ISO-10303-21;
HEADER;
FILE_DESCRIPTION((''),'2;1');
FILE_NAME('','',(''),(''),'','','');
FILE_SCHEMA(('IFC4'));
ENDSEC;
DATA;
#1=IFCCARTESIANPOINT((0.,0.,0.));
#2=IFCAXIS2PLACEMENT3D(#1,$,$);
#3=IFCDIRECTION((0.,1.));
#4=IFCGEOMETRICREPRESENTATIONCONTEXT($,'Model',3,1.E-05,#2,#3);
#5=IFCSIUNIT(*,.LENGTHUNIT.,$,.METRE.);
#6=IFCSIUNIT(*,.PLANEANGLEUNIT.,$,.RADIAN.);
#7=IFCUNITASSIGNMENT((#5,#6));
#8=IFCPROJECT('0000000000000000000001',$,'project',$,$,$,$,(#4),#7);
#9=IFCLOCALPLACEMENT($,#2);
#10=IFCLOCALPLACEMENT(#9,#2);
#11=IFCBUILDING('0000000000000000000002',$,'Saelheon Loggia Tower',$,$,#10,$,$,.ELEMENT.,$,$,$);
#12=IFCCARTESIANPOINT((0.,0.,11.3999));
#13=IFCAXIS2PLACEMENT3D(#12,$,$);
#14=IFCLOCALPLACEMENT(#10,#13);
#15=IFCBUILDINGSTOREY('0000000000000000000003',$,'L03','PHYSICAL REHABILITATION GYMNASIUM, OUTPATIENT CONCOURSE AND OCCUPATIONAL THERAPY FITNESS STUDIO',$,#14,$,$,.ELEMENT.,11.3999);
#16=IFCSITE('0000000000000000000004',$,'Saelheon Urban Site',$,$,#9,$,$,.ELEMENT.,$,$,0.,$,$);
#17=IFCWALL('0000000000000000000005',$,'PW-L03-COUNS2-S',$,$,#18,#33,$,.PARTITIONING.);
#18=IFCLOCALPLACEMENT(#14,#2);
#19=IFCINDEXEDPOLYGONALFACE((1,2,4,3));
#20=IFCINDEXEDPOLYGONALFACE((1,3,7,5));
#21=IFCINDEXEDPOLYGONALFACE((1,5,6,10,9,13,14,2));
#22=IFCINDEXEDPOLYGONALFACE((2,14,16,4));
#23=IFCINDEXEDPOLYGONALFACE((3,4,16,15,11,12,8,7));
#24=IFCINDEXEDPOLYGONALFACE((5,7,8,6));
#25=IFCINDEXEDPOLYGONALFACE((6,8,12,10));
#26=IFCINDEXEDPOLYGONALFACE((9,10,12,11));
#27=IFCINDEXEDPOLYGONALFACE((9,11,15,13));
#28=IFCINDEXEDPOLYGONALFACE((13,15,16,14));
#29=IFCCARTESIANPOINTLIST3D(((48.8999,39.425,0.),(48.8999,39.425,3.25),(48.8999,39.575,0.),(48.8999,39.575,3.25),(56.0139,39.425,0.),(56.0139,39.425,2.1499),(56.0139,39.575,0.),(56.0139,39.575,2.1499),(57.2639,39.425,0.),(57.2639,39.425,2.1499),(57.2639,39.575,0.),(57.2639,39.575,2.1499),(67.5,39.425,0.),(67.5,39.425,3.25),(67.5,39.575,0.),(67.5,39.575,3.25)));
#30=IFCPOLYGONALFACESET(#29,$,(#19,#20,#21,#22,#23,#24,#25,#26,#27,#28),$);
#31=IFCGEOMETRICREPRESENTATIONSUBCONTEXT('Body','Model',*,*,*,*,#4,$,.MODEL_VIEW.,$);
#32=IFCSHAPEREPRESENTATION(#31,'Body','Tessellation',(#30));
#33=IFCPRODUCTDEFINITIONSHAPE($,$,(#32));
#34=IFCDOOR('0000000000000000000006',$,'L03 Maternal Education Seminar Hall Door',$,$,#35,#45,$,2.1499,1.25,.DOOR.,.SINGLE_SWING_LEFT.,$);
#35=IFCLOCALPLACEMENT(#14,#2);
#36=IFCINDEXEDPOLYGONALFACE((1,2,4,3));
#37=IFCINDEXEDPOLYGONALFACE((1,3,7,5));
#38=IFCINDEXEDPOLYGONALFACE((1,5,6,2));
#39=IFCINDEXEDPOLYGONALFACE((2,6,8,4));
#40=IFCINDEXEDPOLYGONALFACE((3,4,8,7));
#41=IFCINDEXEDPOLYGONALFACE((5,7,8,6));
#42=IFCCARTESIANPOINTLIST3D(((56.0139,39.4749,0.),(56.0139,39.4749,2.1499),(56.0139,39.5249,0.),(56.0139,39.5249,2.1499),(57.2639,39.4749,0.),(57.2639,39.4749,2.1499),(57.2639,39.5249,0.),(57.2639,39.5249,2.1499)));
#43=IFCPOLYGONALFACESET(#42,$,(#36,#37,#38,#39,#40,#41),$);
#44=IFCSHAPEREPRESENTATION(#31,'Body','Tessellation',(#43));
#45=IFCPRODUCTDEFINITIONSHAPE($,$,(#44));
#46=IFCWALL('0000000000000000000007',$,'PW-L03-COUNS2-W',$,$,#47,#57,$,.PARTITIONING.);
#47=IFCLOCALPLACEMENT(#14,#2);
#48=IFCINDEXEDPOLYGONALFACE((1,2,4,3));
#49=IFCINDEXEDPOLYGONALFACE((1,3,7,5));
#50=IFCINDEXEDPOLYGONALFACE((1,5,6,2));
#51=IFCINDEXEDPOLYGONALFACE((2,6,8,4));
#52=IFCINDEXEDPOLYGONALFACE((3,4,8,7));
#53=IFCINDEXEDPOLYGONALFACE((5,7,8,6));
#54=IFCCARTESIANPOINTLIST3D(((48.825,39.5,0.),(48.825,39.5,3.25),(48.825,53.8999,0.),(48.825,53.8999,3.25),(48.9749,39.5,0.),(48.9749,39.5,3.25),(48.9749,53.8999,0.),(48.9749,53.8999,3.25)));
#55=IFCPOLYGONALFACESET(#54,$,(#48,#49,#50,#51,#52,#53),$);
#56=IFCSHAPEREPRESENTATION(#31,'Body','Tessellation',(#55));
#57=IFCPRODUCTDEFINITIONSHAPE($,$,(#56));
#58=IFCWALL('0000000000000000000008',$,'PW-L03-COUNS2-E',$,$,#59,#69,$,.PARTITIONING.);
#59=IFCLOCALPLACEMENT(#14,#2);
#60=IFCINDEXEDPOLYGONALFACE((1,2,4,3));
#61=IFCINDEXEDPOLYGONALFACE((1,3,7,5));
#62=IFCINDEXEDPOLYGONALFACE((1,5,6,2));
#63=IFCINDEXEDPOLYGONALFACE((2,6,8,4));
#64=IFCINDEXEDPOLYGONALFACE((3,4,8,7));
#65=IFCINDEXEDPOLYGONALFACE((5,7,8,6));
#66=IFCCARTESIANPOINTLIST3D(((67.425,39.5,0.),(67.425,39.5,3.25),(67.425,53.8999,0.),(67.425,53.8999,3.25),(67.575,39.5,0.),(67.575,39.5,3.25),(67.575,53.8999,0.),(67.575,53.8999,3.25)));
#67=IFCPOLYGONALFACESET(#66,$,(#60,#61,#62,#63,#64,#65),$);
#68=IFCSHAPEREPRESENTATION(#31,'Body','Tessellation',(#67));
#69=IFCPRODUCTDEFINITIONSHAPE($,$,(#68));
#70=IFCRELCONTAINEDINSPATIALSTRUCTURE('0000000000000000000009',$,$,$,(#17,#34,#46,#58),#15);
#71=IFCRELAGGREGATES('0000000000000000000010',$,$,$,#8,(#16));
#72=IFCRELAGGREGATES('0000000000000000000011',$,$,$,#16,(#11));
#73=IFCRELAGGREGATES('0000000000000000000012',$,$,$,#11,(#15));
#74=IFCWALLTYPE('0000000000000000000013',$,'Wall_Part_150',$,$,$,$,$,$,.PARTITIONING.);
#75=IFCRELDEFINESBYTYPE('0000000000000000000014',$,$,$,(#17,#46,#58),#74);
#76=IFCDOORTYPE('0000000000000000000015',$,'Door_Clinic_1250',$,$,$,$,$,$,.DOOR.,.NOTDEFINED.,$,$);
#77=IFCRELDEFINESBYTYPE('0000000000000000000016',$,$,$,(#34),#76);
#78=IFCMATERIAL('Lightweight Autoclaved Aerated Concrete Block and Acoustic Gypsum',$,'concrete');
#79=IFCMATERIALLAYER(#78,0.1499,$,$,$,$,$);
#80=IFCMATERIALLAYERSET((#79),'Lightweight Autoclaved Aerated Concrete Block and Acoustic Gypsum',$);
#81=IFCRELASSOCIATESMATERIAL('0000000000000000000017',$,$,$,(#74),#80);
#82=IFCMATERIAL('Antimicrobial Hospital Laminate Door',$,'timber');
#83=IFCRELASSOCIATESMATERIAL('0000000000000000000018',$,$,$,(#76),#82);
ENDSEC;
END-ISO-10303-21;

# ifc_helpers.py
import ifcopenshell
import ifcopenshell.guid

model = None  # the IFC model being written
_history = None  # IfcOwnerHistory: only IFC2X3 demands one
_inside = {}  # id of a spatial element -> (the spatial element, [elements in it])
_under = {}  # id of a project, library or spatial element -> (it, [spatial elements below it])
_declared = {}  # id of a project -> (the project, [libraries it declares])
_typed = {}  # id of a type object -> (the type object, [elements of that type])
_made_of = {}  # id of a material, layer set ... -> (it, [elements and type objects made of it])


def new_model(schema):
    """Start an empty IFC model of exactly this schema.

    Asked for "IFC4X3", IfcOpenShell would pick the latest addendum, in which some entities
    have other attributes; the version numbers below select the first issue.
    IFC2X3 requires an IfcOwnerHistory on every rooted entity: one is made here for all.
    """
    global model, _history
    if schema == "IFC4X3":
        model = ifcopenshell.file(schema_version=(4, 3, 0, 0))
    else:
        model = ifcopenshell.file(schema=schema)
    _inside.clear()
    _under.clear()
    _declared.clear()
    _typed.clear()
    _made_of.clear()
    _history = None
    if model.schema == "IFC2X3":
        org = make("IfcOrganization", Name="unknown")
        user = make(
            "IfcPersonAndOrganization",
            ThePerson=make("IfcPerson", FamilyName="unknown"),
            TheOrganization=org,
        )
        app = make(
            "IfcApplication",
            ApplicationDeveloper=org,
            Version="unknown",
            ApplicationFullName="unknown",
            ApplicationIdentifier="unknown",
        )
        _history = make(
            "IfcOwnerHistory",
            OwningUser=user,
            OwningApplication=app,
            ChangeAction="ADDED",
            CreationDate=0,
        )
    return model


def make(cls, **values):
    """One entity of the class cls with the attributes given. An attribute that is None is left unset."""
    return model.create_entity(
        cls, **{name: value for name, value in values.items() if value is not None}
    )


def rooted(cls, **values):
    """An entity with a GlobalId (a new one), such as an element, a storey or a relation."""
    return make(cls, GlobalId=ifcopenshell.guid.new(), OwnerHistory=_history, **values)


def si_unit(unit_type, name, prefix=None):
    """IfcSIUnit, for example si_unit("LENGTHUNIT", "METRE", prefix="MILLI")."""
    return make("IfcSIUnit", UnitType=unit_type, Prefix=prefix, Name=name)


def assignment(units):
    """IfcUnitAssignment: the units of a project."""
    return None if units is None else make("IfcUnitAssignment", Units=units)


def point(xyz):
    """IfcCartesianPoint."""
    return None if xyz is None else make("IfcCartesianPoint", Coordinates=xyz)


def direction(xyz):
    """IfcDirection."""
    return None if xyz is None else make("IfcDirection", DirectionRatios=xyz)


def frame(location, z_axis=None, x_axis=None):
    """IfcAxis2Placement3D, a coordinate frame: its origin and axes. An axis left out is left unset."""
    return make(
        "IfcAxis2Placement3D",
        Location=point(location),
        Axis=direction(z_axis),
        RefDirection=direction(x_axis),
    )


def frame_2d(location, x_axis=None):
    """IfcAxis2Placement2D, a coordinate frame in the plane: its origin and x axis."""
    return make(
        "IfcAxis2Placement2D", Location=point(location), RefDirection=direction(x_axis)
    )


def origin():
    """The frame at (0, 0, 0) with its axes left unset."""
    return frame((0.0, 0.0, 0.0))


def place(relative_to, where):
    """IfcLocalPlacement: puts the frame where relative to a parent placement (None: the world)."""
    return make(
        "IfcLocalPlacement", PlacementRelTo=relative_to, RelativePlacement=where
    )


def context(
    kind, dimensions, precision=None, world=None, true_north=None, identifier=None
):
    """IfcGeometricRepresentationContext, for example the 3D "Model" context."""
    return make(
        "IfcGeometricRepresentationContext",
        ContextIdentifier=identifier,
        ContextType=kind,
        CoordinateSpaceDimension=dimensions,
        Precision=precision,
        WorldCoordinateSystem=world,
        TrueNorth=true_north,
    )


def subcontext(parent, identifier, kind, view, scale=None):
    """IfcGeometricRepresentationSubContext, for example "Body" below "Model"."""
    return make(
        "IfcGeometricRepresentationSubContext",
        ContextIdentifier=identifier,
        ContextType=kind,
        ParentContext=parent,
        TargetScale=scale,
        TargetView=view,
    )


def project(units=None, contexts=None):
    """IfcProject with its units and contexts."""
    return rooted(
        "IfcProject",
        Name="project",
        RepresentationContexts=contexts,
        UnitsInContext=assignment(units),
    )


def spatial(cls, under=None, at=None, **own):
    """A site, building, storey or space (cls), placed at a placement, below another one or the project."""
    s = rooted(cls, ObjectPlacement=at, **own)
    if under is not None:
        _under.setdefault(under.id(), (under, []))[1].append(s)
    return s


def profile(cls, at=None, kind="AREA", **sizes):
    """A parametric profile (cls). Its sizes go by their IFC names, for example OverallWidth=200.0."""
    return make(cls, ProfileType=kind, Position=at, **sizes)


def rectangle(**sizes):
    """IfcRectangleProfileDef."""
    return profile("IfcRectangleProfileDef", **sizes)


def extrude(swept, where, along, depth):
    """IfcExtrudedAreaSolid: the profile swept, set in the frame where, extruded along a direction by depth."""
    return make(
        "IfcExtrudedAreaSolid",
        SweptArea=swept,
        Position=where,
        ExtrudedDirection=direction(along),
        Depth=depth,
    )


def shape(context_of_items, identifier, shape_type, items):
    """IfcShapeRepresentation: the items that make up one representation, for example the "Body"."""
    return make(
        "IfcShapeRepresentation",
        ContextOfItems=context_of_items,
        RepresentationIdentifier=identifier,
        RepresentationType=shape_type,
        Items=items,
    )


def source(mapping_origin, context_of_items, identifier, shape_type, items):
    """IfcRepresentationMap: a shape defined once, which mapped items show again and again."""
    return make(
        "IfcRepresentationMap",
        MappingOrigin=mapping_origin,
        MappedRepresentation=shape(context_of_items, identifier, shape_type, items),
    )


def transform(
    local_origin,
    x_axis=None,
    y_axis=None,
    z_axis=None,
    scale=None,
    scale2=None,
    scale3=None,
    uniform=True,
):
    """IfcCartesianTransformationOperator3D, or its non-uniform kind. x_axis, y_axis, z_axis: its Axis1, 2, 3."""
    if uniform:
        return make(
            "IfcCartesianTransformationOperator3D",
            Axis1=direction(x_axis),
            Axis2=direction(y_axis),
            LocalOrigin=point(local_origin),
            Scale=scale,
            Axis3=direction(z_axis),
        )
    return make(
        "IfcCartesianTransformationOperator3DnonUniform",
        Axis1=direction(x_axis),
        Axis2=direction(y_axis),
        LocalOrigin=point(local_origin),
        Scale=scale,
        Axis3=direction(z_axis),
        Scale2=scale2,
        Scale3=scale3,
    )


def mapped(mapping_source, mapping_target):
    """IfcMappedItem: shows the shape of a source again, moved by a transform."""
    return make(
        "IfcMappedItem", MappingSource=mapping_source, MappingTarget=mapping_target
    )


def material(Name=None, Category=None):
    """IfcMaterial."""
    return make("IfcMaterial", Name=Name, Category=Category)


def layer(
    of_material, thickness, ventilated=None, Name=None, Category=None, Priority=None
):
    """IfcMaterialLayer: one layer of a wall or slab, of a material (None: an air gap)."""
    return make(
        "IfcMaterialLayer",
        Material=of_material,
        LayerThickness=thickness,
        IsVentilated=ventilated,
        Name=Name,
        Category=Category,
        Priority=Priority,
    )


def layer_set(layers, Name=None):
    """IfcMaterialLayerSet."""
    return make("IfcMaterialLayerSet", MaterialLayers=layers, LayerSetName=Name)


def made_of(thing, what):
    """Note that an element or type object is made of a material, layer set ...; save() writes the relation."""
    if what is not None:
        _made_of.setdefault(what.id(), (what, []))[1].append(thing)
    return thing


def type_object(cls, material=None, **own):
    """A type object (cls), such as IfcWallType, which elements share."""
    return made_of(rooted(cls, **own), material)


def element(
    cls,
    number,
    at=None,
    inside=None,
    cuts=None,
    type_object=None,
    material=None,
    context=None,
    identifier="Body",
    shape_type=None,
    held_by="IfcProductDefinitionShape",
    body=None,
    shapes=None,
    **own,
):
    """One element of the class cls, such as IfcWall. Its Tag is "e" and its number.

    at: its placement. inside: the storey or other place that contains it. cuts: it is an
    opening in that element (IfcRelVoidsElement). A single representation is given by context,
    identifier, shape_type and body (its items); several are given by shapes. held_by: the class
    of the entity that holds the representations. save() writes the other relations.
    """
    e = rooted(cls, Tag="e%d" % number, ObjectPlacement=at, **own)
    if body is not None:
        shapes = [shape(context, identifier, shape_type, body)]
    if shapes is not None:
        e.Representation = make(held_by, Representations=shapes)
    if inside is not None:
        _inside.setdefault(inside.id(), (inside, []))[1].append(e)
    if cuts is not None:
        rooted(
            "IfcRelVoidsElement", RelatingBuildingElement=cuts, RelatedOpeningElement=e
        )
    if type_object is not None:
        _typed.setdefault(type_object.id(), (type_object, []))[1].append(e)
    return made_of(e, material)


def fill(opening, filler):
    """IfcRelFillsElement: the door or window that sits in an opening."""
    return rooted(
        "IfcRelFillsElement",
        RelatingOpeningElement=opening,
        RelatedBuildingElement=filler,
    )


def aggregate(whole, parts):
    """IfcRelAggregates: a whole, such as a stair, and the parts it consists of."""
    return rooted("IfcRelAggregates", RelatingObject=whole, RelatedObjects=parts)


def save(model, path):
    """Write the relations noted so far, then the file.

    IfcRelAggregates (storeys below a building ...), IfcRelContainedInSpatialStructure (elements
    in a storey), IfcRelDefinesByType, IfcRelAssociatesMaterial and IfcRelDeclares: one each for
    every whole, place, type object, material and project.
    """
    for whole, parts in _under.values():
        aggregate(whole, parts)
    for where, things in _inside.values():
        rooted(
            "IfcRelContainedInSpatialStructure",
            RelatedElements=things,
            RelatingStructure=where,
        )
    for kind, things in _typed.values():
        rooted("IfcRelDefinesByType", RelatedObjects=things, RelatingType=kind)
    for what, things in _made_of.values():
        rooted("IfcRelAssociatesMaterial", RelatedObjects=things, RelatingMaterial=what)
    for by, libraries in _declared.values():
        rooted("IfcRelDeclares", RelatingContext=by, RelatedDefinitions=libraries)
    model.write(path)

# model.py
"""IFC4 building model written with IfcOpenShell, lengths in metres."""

from ifc_helpers import new_model, si_unit, direction, frame, frame_2d, origin, place, context, subcontext, project, spatial, rectangle, extrude, source, transform, mapped, material, layer, layer_set, type_object, element, fill, save


model = new_model("IFC4")

# Units and contexts
model_context = context("Model", 3, precision=1e-05, world=origin(), true_north=direction((0.0, 1.0)))
body_context = subcontext(model_context, "Body", "Model", "MODEL_VIEW")
ifc_project = project(units=[si_unit("LENGTHUNIT", "METRE"), si_unit("PLANEANGLEUNIT", "RADIAN")], contexts=[model_context])

# Site, building, storey
site_placement = place(None, origin())
site = spatial("IfcSite", under=ifc_project, at=site_placement, Name="Saelheon Urban Site", CompositionType="ELEMENT", RefElevation=0.0)
building_placement = place(site_placement, origin())
building = spatial("IfcBuilding", under=site, at=building_placement, Name="Saelheon Loggia Tower", CompositionType="ELEMENT")
storey_placement = place(building_placement, frame((0.0, 0.0, 11.3999)))
storey = spatial("IfcBuildingStorey", under=building, at=storey_placement, Name="L03", Description="PHYSICAL REHABILITATION GYMNASIUM, OUTPATIENT CONCOURSE AND OCCUPATIONAL THERAPY FITNESS STUDIO", CompositionType="ELEMENT", Elevation=11.3999)

# Shared definitions
ifc_material_1 = material(Name="Lightweight Autoclaved Aerated Concrete Block and Acoustic Gypsum", Category="concrete")
ifc_layer_1 = layer(ifc_material_1, 0.1499)
ifc_layer_set_1 = layer_set([ifc_layer_1], Name="Lightweight Autoclaved Aerated Concrete Block and Acoustic Gypsum")
wall_type_1 = type_object("IfcWallType", Name="Wall_Part_150", PredefinedType="PARTITIONING", material=ifc_layer_set_1)

# Wall, opening, door
wall_1_placement = place(storey_placement, frame((48.8999, 39.5, 0.0), z_axis=(0.0, 0.0, 1.0), x_axis=(1.0, 0.0, 0.0)))
wall_1 = element("IfcWall", 1, at=wall_1_placement, inside=storey, type_object=wall_type_1, Name="PW-L03-COUNS2-S", PredefinedType="PARTITIONING", context=body_context, shape_type="SweptSolid", body=[
    extrude(rectangle(XDim=18.6001, YDim=0.1499, at=frame_2d((9.3, 0.0))), origin(), (0.0, 0.0, 1.0), 3.25),
])
opening_1_placement = place(wall_1_placement, frame((7.114, 0.0, 0.0)))
opening_1 = element("IfcOpeningElement", 2, at=opening_1_placement, cuts=wall_1, PredefinedType="OPENING", context=body_context, shape_type="SweptSolid", body=[
    extrude(rectangle(XDim=1.25, YDim=2.1499, at=frame_2d((0.625, 1.075))), frame((0.0, 0.0869, 0.0), z_axis=(0.0, -1.0, 0.0), x_axis=(1.0, 0.0, 0.0)), (0.0, 0.0, 1.0), 0.1738),
])
ifc_material_2 = material(Name="Antimicrobial Hospital Laminate Door", Category="timber")
door_type = type_object("IfcDoorType", Name="Door_Clinic_1250", OperationType="NOTDEFINED", PredefinedType="DOOR", material=ifc_material_2)
shared_shape_1 = source(origin(), body_context, "Body", "SweptSolid", [
    extrude(rectangle(XDim=1.25, YDim=2.1499, at=frame_2d((0.625, 1.075))), frame((0.0, 0.0249, 0.0), z_axis=(0.0, -1.0, 0.0), x_axis=(1.0, 0.0, 0.0)), (0.0, 0.0, 1.0), 0.05),
])
door_placement = place(opening_1_placement, origin())
door = element("IfcDoor", 3, at=door_placement, inside=storey, type_object=door_type, Name="L03 Maternal Education Seminar Hall Door", OperationType="SINGLE_SWING_LEFT", OverallHeight=2.1499, OverallWidth=1.25, PredefinedType="DOOR", context=body_context, shape_type="MappedRepresentation", body=[
    mapped(shared_shape_1, transform((0.0, 0.0, 0.0), scale=1.0)),
])
fill(opening_1, door)

# Walls
for number, where, z_axis, x_axis, name in (
    (4, (48.8999, 39.5, 0.0), (0.0, 0.0, 1.0), (0.0, 1.0, 0.0), "PW-L03-COUNS2-W"),
    (5, (67.5, 39.5, 0.0), (0.0, 0.0, 1.0), (0.0, 1.0, 0.0), "PW-L03-COUNS2-E"),
):
    element("IfcWall", number, at=place(storey_placement, frame(where, z_axis=z_axis, x_axis=x_axis)), inside=storey, type_object=wall_type_1, Name=name, PredefinedType="PARTITIONING", context=body_context, shape_type="SweptSolid", body=[
        extrude(rectangle(XDim=14.3999, YDim=0.1499, at=frame_2d((7.2, 0.0))), origin(), (0.0, 0.0, 1.0), 3.25),
    ])

save(model, "model.ifc")
